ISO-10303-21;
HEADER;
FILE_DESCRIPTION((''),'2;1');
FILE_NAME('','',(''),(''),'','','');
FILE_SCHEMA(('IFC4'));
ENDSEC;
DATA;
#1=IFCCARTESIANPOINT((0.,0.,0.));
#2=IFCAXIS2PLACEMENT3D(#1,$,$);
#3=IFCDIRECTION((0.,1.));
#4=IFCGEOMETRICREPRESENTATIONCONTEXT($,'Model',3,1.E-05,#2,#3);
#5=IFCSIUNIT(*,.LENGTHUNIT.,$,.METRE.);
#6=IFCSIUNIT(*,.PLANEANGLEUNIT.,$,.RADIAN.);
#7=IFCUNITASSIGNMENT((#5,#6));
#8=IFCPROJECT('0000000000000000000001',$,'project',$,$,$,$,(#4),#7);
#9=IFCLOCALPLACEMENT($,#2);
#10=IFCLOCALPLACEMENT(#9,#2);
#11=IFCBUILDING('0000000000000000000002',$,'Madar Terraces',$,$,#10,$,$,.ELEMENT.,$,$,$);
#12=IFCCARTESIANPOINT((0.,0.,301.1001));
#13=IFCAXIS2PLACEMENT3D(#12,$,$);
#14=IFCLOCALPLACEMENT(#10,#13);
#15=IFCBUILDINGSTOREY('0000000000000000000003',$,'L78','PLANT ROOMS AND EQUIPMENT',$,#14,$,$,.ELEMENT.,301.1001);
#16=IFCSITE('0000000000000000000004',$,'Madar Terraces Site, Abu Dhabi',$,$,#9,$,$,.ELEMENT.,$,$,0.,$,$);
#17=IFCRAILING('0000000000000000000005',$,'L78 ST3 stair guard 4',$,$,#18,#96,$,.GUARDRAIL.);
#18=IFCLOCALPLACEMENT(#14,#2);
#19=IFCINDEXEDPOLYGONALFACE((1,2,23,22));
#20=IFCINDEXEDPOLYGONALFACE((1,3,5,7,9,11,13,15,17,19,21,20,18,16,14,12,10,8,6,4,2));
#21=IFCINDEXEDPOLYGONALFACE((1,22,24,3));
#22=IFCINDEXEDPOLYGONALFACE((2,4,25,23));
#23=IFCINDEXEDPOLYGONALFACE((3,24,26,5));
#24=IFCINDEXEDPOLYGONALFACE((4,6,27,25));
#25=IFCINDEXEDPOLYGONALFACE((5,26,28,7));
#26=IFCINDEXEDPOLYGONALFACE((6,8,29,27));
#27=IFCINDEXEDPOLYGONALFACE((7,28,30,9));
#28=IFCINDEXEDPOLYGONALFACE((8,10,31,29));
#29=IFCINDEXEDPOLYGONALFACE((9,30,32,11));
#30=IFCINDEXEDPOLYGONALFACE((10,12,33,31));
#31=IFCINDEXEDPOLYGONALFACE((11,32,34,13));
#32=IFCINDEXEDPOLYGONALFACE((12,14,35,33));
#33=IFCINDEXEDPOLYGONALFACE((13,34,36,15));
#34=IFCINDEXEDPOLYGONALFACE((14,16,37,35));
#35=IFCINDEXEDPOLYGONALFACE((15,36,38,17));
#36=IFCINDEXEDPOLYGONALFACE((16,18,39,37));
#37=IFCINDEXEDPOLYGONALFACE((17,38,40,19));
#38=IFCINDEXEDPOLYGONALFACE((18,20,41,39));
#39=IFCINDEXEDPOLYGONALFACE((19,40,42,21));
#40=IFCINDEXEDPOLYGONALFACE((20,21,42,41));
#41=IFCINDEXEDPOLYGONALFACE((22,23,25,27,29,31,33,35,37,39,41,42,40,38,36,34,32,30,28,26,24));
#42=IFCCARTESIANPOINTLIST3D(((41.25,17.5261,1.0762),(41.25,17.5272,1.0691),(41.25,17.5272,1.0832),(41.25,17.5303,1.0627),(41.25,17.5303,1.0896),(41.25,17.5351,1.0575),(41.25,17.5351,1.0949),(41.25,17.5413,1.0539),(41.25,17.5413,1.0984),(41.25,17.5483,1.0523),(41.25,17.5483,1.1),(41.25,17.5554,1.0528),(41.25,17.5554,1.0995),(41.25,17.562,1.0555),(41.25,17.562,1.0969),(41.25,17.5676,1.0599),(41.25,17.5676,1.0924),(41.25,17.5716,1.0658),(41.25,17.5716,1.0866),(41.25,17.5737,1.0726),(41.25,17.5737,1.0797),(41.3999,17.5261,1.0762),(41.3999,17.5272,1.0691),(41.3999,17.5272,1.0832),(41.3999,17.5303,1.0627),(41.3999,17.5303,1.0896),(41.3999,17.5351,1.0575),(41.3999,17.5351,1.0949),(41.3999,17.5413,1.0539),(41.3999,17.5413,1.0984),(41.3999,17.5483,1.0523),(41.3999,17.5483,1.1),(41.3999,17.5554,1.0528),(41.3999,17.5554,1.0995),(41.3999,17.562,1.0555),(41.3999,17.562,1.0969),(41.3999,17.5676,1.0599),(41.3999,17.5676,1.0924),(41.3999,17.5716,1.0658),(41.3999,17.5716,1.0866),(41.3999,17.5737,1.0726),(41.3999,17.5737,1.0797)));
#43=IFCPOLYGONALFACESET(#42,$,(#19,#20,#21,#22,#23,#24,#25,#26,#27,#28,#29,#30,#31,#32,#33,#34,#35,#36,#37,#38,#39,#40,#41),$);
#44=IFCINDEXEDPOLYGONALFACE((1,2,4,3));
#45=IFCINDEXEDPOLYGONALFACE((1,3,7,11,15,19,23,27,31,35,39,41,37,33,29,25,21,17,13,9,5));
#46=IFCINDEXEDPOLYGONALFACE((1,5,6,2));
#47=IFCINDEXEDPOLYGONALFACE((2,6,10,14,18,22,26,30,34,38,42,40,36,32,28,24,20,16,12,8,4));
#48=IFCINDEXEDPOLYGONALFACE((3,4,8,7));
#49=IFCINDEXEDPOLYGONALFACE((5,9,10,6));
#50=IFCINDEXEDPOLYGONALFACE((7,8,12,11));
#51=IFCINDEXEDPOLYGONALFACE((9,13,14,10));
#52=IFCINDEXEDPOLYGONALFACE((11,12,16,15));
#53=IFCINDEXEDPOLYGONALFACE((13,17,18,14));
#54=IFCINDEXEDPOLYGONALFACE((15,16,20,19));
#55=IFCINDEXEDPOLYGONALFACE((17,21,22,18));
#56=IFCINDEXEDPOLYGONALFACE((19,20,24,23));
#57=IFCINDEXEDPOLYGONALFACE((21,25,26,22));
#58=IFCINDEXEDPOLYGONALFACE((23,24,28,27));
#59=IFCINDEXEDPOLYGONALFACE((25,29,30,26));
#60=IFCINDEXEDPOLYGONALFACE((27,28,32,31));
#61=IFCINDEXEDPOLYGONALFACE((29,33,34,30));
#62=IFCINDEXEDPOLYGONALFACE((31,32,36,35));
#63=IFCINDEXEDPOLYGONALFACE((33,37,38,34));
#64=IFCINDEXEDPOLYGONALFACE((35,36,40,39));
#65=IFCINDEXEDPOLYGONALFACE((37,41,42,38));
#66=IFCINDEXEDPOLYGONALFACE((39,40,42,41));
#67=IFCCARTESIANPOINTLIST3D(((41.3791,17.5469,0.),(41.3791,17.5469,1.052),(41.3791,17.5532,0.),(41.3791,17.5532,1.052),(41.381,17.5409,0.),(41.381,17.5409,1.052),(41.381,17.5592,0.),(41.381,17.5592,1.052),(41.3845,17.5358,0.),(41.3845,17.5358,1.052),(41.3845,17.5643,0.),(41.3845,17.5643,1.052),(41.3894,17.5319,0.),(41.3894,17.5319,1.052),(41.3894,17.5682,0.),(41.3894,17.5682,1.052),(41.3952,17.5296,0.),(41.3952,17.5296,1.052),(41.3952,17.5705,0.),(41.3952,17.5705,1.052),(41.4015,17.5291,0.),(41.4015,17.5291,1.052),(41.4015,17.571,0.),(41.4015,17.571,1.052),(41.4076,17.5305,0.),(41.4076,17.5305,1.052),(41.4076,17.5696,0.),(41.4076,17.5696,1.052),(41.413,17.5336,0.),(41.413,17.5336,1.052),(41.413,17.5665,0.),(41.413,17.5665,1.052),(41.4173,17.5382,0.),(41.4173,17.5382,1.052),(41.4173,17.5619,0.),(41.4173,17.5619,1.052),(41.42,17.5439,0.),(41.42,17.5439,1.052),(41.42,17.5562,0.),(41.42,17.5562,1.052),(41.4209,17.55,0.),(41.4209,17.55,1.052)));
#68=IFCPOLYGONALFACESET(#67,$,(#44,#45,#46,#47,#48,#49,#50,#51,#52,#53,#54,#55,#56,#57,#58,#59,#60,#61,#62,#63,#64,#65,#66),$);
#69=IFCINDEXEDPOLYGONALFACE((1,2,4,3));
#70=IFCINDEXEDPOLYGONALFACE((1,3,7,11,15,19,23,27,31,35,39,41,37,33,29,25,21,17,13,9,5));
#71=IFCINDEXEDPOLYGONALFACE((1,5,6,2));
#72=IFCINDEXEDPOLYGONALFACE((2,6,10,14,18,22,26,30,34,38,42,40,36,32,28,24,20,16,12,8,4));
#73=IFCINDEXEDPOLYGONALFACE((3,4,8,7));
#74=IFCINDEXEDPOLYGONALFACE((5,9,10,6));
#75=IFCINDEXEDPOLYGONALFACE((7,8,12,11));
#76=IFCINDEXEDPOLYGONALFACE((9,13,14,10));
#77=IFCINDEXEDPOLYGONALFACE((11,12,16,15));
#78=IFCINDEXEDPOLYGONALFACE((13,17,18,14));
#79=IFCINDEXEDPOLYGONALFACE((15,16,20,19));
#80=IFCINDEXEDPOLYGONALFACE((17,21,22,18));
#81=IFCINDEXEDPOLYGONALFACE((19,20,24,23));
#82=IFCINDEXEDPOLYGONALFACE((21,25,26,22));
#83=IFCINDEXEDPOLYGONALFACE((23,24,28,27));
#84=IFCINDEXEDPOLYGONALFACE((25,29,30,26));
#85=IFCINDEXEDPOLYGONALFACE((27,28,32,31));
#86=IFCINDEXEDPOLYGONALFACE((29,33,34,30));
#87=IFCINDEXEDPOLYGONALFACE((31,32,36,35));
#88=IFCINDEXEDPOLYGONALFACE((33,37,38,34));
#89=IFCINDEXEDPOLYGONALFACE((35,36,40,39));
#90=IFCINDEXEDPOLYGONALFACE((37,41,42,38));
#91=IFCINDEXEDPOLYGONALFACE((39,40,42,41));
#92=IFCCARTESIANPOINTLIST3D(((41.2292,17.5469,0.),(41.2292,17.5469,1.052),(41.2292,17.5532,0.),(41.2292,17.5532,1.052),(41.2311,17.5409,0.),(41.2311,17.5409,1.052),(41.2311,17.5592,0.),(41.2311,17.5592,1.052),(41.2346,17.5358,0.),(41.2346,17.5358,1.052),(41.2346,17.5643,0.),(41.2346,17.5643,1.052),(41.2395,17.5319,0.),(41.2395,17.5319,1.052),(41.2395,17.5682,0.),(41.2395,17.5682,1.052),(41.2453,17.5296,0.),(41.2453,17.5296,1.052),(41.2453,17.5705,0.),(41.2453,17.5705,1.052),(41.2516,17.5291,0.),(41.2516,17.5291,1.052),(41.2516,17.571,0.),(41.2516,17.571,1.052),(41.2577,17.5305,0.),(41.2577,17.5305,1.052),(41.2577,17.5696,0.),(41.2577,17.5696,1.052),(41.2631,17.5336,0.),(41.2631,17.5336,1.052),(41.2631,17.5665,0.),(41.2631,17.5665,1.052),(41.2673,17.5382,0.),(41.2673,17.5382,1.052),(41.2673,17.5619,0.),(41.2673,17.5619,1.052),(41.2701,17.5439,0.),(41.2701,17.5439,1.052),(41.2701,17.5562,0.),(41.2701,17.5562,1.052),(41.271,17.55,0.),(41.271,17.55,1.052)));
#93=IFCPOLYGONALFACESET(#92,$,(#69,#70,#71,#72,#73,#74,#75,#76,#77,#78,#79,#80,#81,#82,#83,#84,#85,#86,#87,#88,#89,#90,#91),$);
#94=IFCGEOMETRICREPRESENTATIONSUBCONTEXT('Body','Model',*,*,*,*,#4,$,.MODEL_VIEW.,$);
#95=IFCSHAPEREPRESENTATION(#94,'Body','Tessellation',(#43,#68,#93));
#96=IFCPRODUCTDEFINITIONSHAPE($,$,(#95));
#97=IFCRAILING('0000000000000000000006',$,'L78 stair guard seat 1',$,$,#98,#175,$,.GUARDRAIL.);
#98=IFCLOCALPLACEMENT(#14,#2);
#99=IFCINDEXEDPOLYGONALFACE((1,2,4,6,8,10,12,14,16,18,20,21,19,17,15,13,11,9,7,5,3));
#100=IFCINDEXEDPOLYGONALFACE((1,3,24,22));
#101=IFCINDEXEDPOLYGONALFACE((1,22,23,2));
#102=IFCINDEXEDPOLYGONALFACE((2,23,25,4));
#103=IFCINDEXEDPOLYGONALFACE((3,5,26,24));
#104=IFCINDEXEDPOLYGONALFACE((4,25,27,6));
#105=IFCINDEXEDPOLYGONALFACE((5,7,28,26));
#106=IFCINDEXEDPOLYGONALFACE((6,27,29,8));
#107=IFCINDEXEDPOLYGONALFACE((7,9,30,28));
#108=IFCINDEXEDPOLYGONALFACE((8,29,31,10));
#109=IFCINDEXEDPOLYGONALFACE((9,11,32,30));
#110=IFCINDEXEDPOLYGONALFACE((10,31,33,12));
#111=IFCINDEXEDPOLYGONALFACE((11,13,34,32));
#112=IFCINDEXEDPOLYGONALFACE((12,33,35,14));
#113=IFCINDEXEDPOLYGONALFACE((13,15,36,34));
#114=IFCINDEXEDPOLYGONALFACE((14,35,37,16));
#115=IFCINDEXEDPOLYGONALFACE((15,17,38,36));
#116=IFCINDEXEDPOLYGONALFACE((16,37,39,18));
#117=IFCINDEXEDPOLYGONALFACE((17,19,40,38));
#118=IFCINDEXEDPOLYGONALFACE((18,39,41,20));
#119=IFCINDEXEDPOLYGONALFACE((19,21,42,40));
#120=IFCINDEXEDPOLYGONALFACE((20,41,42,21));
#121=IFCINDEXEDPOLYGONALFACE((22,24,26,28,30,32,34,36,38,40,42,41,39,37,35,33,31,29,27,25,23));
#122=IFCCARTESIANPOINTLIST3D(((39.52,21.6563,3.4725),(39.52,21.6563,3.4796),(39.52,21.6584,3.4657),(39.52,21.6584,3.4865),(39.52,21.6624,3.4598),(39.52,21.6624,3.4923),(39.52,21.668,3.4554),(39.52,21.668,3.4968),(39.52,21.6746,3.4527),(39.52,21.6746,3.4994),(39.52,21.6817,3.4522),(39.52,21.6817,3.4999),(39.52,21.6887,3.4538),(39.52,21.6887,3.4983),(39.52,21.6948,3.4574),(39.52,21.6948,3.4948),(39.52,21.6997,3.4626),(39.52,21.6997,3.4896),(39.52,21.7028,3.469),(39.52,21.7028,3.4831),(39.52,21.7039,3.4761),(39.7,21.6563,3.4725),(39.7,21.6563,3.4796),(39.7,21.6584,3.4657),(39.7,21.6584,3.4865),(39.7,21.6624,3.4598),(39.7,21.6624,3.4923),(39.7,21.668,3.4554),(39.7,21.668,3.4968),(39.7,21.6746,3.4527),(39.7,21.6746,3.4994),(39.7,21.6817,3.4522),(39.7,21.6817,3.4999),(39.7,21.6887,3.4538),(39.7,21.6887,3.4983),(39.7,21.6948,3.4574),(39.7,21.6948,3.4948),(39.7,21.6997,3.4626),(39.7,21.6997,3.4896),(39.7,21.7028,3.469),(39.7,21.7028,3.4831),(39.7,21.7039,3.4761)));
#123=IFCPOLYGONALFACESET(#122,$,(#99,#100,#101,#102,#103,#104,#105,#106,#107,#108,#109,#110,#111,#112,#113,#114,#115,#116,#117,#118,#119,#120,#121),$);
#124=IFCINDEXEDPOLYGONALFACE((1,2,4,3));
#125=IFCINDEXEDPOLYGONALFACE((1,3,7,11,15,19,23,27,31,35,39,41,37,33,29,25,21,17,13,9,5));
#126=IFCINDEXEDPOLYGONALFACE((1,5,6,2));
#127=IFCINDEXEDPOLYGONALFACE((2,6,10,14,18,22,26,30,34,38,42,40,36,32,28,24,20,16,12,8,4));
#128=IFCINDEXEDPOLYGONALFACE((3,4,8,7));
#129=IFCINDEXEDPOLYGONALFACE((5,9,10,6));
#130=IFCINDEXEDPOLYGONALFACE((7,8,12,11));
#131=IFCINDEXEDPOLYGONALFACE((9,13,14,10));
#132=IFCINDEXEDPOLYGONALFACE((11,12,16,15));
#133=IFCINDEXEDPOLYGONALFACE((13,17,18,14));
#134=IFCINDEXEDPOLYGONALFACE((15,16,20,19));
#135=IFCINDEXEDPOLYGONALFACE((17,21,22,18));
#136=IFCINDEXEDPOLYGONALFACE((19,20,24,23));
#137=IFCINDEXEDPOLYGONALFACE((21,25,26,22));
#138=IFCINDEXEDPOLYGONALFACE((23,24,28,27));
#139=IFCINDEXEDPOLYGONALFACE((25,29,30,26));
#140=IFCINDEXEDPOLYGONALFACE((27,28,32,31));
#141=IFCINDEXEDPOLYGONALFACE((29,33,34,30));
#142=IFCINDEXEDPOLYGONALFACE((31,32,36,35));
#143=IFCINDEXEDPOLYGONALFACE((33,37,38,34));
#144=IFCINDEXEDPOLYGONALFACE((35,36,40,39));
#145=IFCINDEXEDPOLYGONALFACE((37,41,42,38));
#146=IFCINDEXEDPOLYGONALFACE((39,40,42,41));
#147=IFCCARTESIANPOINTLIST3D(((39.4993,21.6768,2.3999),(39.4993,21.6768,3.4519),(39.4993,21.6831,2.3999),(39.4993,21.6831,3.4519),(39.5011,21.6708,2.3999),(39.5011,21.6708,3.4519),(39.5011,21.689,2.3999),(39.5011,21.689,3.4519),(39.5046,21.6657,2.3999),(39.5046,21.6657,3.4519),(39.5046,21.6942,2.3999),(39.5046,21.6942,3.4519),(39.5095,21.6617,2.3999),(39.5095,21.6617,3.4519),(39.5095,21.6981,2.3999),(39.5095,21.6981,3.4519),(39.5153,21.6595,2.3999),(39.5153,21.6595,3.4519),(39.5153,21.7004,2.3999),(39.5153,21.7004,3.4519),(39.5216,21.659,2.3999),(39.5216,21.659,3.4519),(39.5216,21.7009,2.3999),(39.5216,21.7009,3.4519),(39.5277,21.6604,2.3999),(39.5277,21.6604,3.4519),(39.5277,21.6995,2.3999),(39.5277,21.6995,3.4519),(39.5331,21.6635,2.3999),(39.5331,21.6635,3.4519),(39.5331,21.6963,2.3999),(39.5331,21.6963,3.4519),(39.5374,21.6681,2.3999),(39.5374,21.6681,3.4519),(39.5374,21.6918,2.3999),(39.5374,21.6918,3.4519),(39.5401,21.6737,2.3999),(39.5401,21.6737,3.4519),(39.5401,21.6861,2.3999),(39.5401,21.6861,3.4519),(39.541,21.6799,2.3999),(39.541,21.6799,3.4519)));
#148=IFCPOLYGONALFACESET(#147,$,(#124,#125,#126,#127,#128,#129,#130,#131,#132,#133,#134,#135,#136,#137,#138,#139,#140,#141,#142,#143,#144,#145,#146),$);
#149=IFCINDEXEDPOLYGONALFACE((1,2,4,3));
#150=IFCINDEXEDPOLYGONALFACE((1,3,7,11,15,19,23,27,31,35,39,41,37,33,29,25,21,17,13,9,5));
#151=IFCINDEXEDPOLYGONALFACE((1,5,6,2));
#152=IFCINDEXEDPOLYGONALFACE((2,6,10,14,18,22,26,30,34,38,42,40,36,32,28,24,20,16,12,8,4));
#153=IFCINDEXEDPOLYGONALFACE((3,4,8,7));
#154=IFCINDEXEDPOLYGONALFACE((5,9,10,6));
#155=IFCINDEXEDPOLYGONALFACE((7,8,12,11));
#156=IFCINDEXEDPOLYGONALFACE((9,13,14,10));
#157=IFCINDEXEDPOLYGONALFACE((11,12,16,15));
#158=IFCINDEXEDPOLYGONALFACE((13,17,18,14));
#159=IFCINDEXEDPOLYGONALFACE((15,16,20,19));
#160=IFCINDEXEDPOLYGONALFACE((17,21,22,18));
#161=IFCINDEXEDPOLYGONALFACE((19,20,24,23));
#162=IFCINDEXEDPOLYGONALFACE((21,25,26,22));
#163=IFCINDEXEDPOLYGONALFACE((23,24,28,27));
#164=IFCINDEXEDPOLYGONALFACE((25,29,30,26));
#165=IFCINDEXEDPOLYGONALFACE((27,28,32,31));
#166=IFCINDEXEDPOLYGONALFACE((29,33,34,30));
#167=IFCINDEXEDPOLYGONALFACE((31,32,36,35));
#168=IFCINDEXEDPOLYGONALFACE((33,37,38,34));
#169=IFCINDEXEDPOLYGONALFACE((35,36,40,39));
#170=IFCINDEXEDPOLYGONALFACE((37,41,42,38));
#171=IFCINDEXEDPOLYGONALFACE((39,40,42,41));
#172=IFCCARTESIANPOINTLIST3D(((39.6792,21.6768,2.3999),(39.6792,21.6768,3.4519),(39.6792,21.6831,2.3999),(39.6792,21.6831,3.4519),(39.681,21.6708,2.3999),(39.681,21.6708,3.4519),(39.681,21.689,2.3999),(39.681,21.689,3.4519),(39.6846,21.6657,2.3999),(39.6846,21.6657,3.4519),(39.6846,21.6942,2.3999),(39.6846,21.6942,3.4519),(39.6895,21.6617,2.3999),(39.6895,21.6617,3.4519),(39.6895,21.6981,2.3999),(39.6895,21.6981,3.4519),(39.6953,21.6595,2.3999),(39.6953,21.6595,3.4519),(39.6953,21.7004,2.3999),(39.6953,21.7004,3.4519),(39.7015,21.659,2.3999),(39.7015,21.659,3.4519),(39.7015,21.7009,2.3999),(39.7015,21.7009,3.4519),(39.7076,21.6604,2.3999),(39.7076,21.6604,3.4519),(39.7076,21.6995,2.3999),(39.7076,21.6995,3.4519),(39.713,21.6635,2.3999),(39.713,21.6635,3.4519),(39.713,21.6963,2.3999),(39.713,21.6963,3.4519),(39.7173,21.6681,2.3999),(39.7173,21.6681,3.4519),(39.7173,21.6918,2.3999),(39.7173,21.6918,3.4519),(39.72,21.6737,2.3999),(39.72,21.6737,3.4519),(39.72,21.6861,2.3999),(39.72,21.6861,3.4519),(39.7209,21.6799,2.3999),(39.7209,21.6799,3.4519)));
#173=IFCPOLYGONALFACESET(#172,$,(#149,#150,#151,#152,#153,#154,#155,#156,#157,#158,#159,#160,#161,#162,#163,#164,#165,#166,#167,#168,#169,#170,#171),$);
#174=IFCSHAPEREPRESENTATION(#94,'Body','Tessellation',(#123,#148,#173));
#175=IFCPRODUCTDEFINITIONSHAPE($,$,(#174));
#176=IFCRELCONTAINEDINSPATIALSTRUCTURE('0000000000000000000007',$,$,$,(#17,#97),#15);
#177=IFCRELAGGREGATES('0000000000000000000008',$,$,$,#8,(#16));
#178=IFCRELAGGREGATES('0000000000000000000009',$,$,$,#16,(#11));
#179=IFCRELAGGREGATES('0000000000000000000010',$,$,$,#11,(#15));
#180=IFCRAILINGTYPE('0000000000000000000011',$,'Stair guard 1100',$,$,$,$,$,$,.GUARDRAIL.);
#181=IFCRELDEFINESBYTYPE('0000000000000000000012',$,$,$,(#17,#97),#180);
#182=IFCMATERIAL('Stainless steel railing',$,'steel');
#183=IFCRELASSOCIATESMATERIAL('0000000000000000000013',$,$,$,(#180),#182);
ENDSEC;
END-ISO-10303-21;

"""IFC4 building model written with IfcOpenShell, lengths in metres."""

from ifc_helpers import new_model, si_unit, direction, frame, origin, origin_2d, place, context, subcontext, project, spatial, circle, extrude, material, type_object, element, save


model = new_model("IFC4")

# Units and contexts
model_context = context("Model", 3, precision=1e-05, world=origin(), true_north=direction((0.0, 1.0)))
body_context = subcontext(model_context, "Body", "Model", "MODEL_VIEW")
ifc_project = project(units=[si_unit("LENGTHUNIT", "METRE"), si_unit("PLANEANGLEUNIT", "RADIAN")], contexts=[model_context])

# Site, building, storey
site_placement = place(None, origin())
site = spatial("IfcSite", under=ifc_project, at=site_placement, Name="Madar Terraces Site, Abu Dhabi", CompositionType="ELEMENT", RefElevation=0.0)
building_placement = place(site_placement, origin())
building = spatial("IfcBuilding", under=site, at=building_placement, Name="Madar Terraces", CompositionType="ELEMENT")
storey_placement = place(building_placement, frame((0.0, 0.0, 301.1001)))
storey = spatial("IfcBuildingStorey", under=building, at=storey_placement, Name="L78", Description="PLANT ROOMS AND EQUIPMENT", CompositionType="ELEMENT", Elevation=301.1001)

# Railings
ifc_material_1 = material(Name="Stainless steel railing", Category="steel")
railing_type_1 = type_object("IfcRailingType", Name="Stair guard 1100", PredefinedType="GUARDRAIL", material=ifc_material_1)
railing_1_placement = place(storey_placement, frame((41.3999, 17.55, 0.0)))
element("IfcRailing", 1, at=railing_1_placement, inside=storey, type_object=railing_type_1, Name="L78 ST3 stair guard 4", PredefinedType="GUARDRAIL", context=body_context, shape_type="SweptSolid", body=[
    extrude(circle(Radius=0.0239, at=origin_2d()), frame((0.0, 0.0, 1.0762), z_axis=(-1.0, 0.0, 0.0), x_axis=(0.0, -1.0, 0.0)), (0.0, 0.0, 1.0), 0.1499),
    extrude(circle(Radius=0.021, at=origin_2d()), origin(), (0.0, 0.0, 1.0), 1.052),
    extrude(circle(Radius=0.021, at=origin_2d()), frame((-0.1499, 0.0, 0.0)), (0.0, 0.0, 1.0), 1.052),
])
for number, where, name in (
    (2, (39.52, 21.6799, 2.3999), "L78 stair guard seat 1"),
):
    element("IfcRailing", number, at=place(storey_placement, frame(where)), inside=storey, type_object=railing_type_1, Name=name, PredefinedType="GUARDRAIL", context=body_context, shape_type="SweptSolid", body=[
        extrude(circle(Radius=0.0239, at=origin_2d()), frame((0.0, 0.0, 1.0762), z_axis=(1.0, 0.0, 0.0), x_axis=(0.0, 1.0, 0.0)), (0.0, 0.0, 1.0), 0.1799),
        extrude(circle(Radius=0.021, at=origin_2d()), origin(), (0.0, 0.0, 1.0), 1.052),
        extrude(circle(Radius=0.021, at=origin_2d()), frame((0.1799, 0.0, 0.0)), (0.0, 0.0, 1.0), 1.052),
    ])

save(model, "model.ifc")
